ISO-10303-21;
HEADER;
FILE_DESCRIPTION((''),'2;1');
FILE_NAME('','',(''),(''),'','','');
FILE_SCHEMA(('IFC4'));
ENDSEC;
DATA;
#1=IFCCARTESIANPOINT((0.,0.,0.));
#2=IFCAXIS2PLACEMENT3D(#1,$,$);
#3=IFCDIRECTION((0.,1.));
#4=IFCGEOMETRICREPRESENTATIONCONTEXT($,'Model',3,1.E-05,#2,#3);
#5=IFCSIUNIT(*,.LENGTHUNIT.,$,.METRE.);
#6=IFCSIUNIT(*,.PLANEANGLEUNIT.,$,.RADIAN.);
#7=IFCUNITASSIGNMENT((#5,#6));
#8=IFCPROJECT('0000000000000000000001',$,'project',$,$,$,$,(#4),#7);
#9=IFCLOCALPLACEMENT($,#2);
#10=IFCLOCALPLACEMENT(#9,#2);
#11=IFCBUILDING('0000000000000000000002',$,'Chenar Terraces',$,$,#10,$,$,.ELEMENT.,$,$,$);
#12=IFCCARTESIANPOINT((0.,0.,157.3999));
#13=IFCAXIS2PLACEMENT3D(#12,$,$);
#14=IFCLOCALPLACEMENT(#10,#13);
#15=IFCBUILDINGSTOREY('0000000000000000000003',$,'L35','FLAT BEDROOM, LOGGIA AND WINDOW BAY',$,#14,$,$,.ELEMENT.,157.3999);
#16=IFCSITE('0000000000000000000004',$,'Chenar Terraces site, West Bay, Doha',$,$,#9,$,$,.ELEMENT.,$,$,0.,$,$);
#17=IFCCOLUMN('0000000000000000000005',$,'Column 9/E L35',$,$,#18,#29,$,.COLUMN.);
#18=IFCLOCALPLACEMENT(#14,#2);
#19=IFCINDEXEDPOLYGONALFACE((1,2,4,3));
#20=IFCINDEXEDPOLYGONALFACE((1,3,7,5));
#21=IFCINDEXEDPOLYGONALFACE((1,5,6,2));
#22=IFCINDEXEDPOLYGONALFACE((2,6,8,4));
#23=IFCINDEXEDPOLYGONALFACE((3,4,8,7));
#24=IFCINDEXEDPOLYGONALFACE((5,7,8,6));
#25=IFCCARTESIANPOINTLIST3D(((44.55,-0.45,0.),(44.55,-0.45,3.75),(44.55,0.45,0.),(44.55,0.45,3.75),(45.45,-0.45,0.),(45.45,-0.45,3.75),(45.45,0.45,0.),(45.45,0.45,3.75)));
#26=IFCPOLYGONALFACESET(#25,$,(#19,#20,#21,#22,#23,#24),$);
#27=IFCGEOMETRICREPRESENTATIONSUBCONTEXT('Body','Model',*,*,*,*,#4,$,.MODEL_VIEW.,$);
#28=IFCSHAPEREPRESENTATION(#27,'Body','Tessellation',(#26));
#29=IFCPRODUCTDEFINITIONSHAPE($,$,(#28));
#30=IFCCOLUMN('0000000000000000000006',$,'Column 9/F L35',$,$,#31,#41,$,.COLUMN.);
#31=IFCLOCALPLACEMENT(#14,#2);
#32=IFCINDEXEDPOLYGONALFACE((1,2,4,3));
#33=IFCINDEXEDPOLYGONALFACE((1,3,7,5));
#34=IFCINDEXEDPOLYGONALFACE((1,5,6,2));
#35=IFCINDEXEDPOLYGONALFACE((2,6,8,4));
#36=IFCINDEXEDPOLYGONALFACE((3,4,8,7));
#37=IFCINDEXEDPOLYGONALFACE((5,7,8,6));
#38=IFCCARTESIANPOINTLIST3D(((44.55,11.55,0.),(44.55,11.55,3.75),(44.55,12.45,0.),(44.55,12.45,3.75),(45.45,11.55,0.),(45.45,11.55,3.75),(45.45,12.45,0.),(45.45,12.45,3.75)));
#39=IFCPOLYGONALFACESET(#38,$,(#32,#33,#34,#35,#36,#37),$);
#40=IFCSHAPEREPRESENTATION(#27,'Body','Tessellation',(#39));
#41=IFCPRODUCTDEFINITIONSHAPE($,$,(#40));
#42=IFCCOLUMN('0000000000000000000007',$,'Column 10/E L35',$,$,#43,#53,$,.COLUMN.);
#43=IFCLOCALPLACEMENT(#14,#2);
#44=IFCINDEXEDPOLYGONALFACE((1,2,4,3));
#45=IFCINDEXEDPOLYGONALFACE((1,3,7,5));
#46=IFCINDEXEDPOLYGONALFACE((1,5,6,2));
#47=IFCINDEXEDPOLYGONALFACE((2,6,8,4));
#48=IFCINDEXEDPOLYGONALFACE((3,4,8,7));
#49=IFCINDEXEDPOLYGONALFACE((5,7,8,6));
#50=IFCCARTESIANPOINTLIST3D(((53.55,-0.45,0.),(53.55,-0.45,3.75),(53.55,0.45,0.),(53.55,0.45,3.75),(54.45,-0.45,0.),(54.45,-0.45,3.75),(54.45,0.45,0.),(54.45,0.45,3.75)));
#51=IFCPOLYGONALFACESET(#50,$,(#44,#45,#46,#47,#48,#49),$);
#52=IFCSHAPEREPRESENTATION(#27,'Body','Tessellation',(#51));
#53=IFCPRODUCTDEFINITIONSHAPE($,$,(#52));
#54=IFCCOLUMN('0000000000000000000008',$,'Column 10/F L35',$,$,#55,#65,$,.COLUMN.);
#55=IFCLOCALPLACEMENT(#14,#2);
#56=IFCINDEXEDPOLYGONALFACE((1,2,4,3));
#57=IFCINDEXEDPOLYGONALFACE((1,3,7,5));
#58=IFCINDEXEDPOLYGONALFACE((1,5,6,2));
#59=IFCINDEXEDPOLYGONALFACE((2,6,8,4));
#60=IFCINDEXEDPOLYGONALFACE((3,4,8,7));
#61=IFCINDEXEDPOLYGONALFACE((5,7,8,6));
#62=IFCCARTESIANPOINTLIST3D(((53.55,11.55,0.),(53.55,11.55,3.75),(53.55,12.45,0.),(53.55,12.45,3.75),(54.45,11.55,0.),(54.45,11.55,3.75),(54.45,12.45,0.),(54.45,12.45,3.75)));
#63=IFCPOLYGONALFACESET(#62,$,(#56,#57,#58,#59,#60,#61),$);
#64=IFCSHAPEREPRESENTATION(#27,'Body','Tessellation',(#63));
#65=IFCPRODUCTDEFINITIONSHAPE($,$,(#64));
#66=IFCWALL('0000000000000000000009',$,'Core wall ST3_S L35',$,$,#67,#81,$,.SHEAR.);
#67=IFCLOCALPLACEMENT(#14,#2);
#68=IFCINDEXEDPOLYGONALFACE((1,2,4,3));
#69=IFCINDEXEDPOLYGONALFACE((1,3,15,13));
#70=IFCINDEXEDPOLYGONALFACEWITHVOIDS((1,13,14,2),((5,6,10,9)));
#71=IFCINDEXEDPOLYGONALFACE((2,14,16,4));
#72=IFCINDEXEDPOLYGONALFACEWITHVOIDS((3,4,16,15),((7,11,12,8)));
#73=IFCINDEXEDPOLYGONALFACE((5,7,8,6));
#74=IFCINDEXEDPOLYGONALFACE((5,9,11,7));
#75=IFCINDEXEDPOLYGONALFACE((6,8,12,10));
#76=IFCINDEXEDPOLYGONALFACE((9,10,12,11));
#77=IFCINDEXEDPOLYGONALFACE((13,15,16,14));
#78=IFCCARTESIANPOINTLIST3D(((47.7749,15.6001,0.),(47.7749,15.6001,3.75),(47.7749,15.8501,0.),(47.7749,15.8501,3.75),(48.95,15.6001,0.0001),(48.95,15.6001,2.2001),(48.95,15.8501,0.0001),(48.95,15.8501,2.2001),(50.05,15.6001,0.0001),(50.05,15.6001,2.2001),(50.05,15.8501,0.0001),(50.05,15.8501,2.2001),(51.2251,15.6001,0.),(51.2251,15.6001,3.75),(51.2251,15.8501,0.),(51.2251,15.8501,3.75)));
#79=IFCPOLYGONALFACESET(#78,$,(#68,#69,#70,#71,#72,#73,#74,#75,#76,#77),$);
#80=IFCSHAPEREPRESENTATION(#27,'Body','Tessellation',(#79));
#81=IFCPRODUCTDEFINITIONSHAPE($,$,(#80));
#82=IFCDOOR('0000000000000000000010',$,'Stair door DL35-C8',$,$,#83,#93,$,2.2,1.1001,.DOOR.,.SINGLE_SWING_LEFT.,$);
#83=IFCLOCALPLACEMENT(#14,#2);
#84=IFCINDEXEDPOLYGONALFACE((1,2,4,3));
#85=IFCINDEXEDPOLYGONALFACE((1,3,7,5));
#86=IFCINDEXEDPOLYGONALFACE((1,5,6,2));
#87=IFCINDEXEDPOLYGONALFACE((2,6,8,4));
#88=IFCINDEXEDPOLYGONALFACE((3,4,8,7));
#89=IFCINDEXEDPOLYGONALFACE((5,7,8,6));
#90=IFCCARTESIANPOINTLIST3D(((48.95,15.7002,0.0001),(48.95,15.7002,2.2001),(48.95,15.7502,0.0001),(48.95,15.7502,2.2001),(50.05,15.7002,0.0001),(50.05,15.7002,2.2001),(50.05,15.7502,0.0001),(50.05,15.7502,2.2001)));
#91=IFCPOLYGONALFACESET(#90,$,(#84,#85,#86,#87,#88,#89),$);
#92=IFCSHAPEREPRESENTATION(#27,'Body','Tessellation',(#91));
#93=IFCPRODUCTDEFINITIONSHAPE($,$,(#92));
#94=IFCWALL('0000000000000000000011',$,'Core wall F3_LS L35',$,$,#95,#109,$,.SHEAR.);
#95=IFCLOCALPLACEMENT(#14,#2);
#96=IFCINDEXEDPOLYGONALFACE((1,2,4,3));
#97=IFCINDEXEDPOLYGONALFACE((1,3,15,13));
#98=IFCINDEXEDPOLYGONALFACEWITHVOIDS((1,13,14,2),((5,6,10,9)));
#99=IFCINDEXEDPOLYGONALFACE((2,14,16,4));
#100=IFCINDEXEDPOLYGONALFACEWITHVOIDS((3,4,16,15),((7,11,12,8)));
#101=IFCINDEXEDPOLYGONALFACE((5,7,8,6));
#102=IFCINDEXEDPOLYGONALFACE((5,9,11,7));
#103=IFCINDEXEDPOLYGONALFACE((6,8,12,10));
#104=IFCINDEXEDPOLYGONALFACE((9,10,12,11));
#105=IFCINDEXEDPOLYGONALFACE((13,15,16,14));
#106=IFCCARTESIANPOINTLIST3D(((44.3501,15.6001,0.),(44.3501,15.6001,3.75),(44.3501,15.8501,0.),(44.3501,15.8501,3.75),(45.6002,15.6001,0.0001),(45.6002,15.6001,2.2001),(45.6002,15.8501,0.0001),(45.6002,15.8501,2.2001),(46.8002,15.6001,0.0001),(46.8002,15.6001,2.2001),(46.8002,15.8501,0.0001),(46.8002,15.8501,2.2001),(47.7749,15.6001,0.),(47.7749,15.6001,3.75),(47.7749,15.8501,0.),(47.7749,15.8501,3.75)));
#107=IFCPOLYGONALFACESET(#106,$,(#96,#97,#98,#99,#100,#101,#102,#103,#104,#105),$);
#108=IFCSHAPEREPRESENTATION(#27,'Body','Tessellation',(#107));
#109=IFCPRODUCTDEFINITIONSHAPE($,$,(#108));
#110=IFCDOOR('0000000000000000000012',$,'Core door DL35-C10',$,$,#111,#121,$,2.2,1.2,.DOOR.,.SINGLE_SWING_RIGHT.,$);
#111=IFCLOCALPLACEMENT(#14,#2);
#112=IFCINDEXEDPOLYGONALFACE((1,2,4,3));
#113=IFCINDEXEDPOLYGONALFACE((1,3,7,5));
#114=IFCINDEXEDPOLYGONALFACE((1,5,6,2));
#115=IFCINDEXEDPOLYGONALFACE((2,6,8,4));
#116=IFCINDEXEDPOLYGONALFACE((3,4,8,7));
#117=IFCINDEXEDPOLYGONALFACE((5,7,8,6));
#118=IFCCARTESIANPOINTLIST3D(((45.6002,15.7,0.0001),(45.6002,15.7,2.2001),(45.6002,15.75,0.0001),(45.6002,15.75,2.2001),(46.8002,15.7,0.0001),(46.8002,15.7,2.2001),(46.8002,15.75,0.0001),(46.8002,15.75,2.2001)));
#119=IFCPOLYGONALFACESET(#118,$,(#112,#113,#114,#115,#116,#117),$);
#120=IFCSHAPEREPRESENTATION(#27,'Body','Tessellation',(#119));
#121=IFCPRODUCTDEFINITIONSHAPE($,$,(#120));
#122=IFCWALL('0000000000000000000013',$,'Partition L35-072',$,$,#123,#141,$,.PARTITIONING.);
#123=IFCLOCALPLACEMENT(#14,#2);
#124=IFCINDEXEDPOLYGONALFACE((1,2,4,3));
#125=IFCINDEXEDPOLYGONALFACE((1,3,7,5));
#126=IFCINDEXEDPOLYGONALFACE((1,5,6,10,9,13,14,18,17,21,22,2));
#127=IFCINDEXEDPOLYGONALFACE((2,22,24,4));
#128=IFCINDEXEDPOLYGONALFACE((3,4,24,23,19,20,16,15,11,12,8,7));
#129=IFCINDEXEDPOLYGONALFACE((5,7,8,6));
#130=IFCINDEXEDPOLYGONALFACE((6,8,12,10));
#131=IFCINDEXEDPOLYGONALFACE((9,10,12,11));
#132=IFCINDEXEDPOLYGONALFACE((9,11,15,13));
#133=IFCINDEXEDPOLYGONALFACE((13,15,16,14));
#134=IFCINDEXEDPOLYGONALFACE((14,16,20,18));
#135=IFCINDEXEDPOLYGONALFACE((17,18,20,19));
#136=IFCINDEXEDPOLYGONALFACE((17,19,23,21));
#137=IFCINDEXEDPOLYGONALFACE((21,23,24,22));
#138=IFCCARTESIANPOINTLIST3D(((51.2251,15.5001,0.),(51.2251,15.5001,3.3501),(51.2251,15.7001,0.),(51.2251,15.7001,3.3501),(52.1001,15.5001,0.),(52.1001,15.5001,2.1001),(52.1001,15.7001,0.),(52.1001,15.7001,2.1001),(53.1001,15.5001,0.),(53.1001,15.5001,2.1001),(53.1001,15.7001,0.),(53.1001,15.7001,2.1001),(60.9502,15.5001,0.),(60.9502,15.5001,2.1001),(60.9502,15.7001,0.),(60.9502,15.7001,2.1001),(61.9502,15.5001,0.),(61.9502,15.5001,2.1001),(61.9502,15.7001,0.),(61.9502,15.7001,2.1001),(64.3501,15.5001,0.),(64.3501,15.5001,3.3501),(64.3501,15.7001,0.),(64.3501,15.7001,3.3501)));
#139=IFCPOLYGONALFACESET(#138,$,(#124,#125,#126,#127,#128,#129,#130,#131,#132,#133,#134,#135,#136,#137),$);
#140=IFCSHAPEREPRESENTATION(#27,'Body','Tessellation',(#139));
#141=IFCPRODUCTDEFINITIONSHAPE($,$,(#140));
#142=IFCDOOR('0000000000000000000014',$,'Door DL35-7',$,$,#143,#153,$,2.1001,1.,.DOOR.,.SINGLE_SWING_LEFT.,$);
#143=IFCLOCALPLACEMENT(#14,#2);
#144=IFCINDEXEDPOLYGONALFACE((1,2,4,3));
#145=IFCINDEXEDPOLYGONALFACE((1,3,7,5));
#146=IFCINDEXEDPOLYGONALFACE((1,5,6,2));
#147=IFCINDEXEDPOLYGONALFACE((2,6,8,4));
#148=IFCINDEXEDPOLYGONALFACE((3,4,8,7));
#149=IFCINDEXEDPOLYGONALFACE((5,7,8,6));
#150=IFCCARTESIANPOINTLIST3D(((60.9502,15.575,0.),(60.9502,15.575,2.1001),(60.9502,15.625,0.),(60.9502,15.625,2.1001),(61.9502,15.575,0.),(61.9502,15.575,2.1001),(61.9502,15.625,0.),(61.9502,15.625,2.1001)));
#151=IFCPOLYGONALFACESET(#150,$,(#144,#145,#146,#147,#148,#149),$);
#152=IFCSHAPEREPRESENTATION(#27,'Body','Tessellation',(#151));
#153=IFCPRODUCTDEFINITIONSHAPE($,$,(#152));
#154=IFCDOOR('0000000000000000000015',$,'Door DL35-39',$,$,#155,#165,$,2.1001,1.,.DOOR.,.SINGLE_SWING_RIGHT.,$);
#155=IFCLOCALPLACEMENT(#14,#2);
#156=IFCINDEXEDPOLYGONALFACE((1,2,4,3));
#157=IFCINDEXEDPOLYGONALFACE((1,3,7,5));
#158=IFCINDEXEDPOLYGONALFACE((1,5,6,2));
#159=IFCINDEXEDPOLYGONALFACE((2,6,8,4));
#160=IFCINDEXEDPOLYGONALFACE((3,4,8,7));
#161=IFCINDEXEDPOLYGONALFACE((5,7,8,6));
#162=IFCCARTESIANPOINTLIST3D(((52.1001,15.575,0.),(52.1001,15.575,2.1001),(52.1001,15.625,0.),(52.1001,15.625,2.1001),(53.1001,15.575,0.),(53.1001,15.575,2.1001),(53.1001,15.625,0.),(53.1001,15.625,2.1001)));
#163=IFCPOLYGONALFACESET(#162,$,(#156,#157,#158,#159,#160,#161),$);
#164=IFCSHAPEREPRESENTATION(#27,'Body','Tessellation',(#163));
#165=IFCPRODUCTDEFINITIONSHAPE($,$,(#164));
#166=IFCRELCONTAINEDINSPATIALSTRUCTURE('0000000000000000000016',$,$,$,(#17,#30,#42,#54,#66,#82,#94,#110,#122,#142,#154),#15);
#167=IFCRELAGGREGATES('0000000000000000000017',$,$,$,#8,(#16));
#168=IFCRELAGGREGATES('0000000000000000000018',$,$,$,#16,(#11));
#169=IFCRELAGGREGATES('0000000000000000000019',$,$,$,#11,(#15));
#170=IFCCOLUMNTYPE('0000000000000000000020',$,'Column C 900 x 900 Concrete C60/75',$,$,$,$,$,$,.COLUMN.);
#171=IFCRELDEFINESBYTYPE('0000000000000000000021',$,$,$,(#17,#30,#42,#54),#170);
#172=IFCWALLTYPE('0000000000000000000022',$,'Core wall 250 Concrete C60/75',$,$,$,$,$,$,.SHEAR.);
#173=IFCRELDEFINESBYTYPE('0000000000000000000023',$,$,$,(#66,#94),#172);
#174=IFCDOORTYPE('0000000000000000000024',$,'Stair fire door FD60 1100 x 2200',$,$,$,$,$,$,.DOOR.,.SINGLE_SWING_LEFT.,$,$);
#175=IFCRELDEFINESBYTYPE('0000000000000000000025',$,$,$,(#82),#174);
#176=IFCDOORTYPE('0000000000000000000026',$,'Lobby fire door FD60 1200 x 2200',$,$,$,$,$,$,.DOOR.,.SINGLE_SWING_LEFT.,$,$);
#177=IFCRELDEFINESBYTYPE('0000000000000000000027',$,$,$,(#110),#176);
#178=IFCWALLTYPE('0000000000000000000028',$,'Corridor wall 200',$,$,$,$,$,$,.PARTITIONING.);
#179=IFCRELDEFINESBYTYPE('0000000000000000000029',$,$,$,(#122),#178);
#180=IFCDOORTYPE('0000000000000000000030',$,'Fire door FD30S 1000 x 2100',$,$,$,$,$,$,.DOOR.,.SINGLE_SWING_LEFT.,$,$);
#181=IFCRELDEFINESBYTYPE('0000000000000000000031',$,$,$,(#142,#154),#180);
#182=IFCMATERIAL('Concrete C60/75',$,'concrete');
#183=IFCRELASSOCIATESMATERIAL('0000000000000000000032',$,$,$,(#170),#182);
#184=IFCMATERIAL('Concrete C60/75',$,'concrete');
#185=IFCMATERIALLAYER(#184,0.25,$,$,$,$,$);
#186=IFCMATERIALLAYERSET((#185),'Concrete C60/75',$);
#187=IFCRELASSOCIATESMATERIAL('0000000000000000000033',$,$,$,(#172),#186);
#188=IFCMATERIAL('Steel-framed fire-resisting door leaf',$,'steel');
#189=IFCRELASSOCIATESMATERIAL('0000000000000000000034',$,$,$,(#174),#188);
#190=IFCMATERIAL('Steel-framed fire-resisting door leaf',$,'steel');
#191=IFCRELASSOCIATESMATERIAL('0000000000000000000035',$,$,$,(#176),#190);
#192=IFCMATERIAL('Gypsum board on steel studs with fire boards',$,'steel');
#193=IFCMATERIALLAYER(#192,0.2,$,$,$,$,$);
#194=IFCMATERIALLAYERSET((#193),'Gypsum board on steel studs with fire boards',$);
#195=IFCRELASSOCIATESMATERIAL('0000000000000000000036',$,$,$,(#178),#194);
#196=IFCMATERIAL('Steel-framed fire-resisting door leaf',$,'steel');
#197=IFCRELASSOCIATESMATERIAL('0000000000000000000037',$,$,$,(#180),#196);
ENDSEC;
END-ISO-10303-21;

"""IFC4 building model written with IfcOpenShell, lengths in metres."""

from ifc_helpers import new_model, si_unit, direction, frame, frame_2d, origin, origin_2d, place, context, subcontext, project, spatial, rectangle, extrude, material, layer, layer_set, material_profile, profile_set, type_object, element, fill, save


model = new_model("IFC4")

# Units and contexts
model_context = context("Model", 3, precision=1e-05, world=origin(), true_north=direction((0.0, 1.0)))
body_context = subcontext(model_context, "Body", "Model", "MODEL_VIEW")
ifc_project = project(units=[si_unit("LENGTHUNIT", "METRE"), si_unit("PLANEANGLEUNIT", "RADIAN")], contexts=[model_context])

# Site, building, storey
site_placement = place(None, origin())
site = spatial("IfcSite", under=ifc_project, at=site_placement, Name="Chenar Terraces site, West Bay, Doha", CompositionType="ELEMENT", RefElevation=0.0)
building_placement = place(site_placement, origin())
building = spatial("IfcBuilding", under=site, at=building_placement, Name="Chenar Terraces", CompositionType="ELEMENT")
storey_placement = place(building_placement, frame((0.0, 0.0, 157.3999)))
storey = spatial("IfcBuildingStorey", under=building, at=storey_placement, Name="L35", Description="FLAT BEDROOM, LOGGIA AND WINDOW BAY", CompositionType="ELEMENT", Elevation=157.3999)

# Columns
ifc_material_1 = material(Name="Concrete C60/75", Category="concrete")
ifc_material_profile_1 = material_profile(ifc_material_1, rectangle(XDim=0.8999, YDim=0.8999, at=origin_2d()), Name="C 900 x 900")
ifc_profile_set_1 = profile_set([ifc_material_profile_1], Name="Concrete C60/75")
column_type = type_object("IfcColumnType", Name="Column C 900 x 900 Concrete C60/75", PredefinedType="COLUMN", material=ifc_profile_set_1)
for number, where, z_axis, x_axis, name in (
    (1, (45.0, 0.0, 0.0), (0.0, 0.0, 1.0), (1.0, 0.0, 0.0), "Column 9/E L35"),
    (2, (45.0, 12.0, 0.0), (0.0, 0.0, 1.0), (1.0, 0.0, 0.0), "Column 9/F L35"),
    (3, (54.0, 0.0, 0.0), (0.0, 0.0, 1.0), (1.0, 0.0, 0.0), "Column 10/E L35"),
    (4, (54.0, 12.0, 0.0), (0.0, 0.0, 1.0), (1.0, 0.0, 0.0), "Column 10/F L35"),
):
    element("IfcColumn", number, at=place(storey_placement, frame(where, z_axis=z_axis, x_axis=x_axis)), inside=storey, type_object=column_type, Name=name, PredefinedType="COLUMN", context=body_context, shape_type="SweptSolid", body=[
        extrude(rectangle(XDim=0.8999, YDim=0.8999, at=origin_2d()), origin(), (0.0, 0.0, 1.0), 3.75),
    ])

# Walls, openings, doors
ifc_material_2 = material(Name="Concrete C60/75", Category="concrete")
ifc_layer_1 = layer(ifc_material_2, 0.25)
ifc_layer_set_1 = layer_set([ifc_layer_1], Name="Concrete C60/75")
wall_type_1 = type_object("IfcWallType", Name="Core wall 250 Concrete C60/75", PredefinedType="SHEAR", material=ifc_layer_set_1)
wall_1_placement = place(storey_placement, frame((47.7749, 15.7251, 0.0), z_axis=(0.0, 0.0, 1.0), x_axis=(1.0, 0.0, 0.0)))
wall_1 = element("IfcWall", 5, at=wall_1_placement, inside=storey, type_object=wall_type_1, Name="Core wall ST3_S L35", PredefinedType="SHEAR", context=body_context, shape_type="SweptSolid", body=[
    extrude(rectangle(XDim=3.4502, YDim=0.25, at=frame_2d((1.7251, 0.0))), origin(), (0.0, 0.0, 1.0), 3.75),
])
opening_1_placement = place(wall_1_placement, frame((1.175, 0.0, 0.0)))
opening_1 = element("IfcOpeningElement", 6, at=opening_1_placement, cuts=wall_1, PredefinedType="OPENING", context=body_context, shape_type="SweptSolid", body=[
    extrude(rectangle(XDim=1.1001, YDim=2.2, at=frame_2d((0.55, 1.1001))), frame((0.0, 0.135, 0.0), z_axis=(0.0, -1.0, 0.0), x_axis=(1.0, 0.0, 0.0)), (0.0, 0.0, 1.0), 0.27),
])
ifc_material_3 = material(Name="Steel-framed fire-resisting door leaf", Category="steel")
door_type_1 = type_object("IfcDoorType", Name="Stair fire door FD60 1100 x 2200", OperationType="SINGLE_SWING_LEFT", PredefinedType="DOOR", material=ifc_material_3)
door_1_placement = place(opening_1_placement, frame((1.1001, 0.0, 0.0), z_axis=(0.0, 0.0, 1.0), x_axis=(-1.0, 0.0, 0.0)))
door_1 = element("IfcDoor", 7, at=door_1_placement, inside=storey, type_object=door_type_1, Name="Stair door DL35-C8", OperationType="SINGLE_SWING_LEFT", OverallHeight=2.2, OverallWidth=1.1001, PredefinedType="DOOR", context=body_context, shape_type="SweptSolid", body=[
    extrude(rectangle(XDim=1.1001, YDim=2.2, at=frame_2d((0.55, 1.1001))), frame((0.0, 0.0249, 0.0), z_axis=(0.0, -1.0, 0.0), x_axis=(1.0, 0.0, 0.0)), (0.0, 0.0, 1.0), 0.05),
])
fill(opening_1, door_1)
wall_2_placement = place(storey_placement, frame((44.3501, 15.7251, 0.0), z_axis=(0.0, 0.0, 1.0), x_axis=(1.0, 0.0, 0.0)))
wall_2 = element("IfcWall", 8, at=wall_2_placement, inside=storey, type_object=wall_type_1, Name="Core wall F3_LS L35", PredefinedType="SHEAR", context=body_context, shape_type="SweptSolid", body=[
    extrude(rectangle(XDim=3.4248, YDim=0.25, at=frame_2d((1.7124, 0.0))), origin(), (0.0, 0.0, 1.0), 3.75),
])
opening_2_placement = place(wall_2_placement, frame((1.25, 0.0, 0.0)))
opening_2 = element("IfcOpeningElement", 9, at=opening_2_placement, cuts=wall_2, PredefinedType="OPENING", context=body_context, shape_type="SweptSolid", body=[
    extrude(rectangle(XDim=1.2, YDim=2.2, at=frame_2d((0.6001, 1.1001))), frame((0.0, 0.135, 0.0), z_axis=(0.0, -1.0, 0.0), x_axis=(1.0, 0.0, 0.0)), (0.0, 0.0, 1.0), 0.27),
])
ifc_material_4 = material(Name="Steel-framed fire-resisting door leaf", Category="steel")
door_type_2 = type_object("IfcDoorType", Name="Lobby fire door FD60 1200 x 2200", OperationType="SINGLE_SWING_LEFT", PredefinedType="DOOR", material=ifc_material_4)
door_2_placement = place(opening_2_placement, origin())
door_2 = element("IfcDoor", 10, at=door_2_placement, inside=storey, type_object=door_type_2, Name="Core door DL35-C10", OperationType="SINGLE_SWING_RIGHT", OverallHeight=2.2, OverallWidth=1.2, PredefinedType="DOOR", context=body_context, shape_type="SweptSolid", body=[
    extrude(rectangle(XDim=1.2, YDim=2.2, at=frame_2d((0.6001, 1.1001))), frame((0.0, 0.0249, 0.0), z_axis=(0.0, -1.0, 0.0), x_axis=(1.0, 0.0, 0.0)), (0.0, 0.0, 1.0), 0.05),
])
fill(opening_2, door_2)

# Wall, openings, doors
ifc_material_5 = material(Name="Gypsum board on steel studs with fire boards", Category="steel")
ifc_layer_2 = layer(ifc_material_5, 0.2)
ifc_layer_set_2 = layer_set([ifc_layer_2], Name="Gypsum board on steel studs with fire boards")
wall_type_2 = type_object("IfcWallType", Name="Corridor wall 200", PredefinedType="PARTITIONING", material=ifc_layer_set_2)
wall_3_placement = place(storey_placement, frame((51.2251, 15.6001, 0.0), z_axis=(0.0, 0.0, 1.0), x_axis=(1.0, 0.0, 0.0)))
wall_3 = element("IfcWall", 11, at=wall_3_placement, inside=storey, type_object=wall_type_2, Name="Partition L35-072", PredefinedType="PARTITIONING", context=body_context, shape_type="SweptSolid", body=[
    extrude(rectangle(XDim=13.125, YDim=0.2, at=frame_2d((6.5625, 0.0))), origin(), (0.0, 0.0, 1.0), 3.3501),
])
opening_3_placement = place(wall_3_placement, frame((9.7251, 0.0, 0.0)))
opening_3 = element("IfcOpeningElement", 12, at=opening_3_placement, cuts=wall_3, PredefinedType="OPENING", context=body_context, shape_type="SweptSolid", body=[
    extrude(rectangle(XDim=1.0, YDim=2.1001, at=frame_2d((0.5, 1.05))), frame((0.0, 0.1099, 0.0), z_axis=(0.0, -1.0, 0.0), x_axis=(1.0, 0.0, 0.0)), (0.0, 0.0, 1.0), 0.22),
])
opening_4_placement = place(wall_3_placement, frame((0.875, 0.0, 0.0)))
opening_4 = element("IfcOpeningElement", 13, at=opening_4_placement, cuts=wall_3, PredefinedType="OPENING", context=body_context, shape_type="SweptSolid", body=[
    extrude(rectangle(XDim=1.0, YDim=2.1001, at=frame_2d((0.5, 1.05))), frame((0.0, 0.1099, 0.0), z_axis=(0.0, -1.0, 0.0), x_axis=(1.0, 0.0, 0.0)), (0.0, 0.0, 1.0), 0.22),
])
ifc_material_6 = material(Name="Steel-framed fire-resisting door leaf", Category="steel")
door_type_3 = type_object("IfcDoorType", Name="Fire door FD30S 1000 x 2100", OperationType="SINGLE_SWING_LEFT", PredefinedType="DOOR", material=ifc_material_6)
door_3_placement = place(opening_3_placement, origin())
door_3 = element("IfcDoor", 14, at=door_3_placement, inside=storey, type_object=door_type_3, Name="Door DL35-7", OperationType="SINGLE_SWING_LEFT", OverallHeight=2.1001, OverallWidth=1.0, PredefinedType="DOOR", context=body_context, shape_type="SweptSolid", body=[
    extrude(rectangle(XDim=1.0, YDim=2.1001, at=frame_2d((0.5, 1.05))), frame((0.0, 0.0249, 0.0), z_axis=(0.0, -1.0, 0.0), x_axis=(1.0, 0.0, 0.0)), (0.0, 0.0, 1.0), 0.05),
])
fill(opening_3, door_3)
door_4_placement = place(opening_4_placement, origin())
door_4 = element("IfcDoor", 15, at=door_4_placement, inside=storey, type_object=door_type_3, Name="Door DL35-39", OperationType="SINGLE_SWING_RIGHT", OverallHeight=2.1001, OverallWidth=1.0, PredefinedType="DOOR", context=body_context, shape_type="SweptSolid", body=[
    extrude(rectangle(XDim=1.0, YDim=2.1001, at=frame_2d((0.5, 1.05))), frame((0.0, 0.0249, 0.0), z_axis=(0.0, -1.0, 0.0), x_axis=(1.0, 0.0, 0.0)), (0.0, 0.0, 1.0), 0.05),
])
fill(opening_4, door_4)

save(model, "model.ifc")
